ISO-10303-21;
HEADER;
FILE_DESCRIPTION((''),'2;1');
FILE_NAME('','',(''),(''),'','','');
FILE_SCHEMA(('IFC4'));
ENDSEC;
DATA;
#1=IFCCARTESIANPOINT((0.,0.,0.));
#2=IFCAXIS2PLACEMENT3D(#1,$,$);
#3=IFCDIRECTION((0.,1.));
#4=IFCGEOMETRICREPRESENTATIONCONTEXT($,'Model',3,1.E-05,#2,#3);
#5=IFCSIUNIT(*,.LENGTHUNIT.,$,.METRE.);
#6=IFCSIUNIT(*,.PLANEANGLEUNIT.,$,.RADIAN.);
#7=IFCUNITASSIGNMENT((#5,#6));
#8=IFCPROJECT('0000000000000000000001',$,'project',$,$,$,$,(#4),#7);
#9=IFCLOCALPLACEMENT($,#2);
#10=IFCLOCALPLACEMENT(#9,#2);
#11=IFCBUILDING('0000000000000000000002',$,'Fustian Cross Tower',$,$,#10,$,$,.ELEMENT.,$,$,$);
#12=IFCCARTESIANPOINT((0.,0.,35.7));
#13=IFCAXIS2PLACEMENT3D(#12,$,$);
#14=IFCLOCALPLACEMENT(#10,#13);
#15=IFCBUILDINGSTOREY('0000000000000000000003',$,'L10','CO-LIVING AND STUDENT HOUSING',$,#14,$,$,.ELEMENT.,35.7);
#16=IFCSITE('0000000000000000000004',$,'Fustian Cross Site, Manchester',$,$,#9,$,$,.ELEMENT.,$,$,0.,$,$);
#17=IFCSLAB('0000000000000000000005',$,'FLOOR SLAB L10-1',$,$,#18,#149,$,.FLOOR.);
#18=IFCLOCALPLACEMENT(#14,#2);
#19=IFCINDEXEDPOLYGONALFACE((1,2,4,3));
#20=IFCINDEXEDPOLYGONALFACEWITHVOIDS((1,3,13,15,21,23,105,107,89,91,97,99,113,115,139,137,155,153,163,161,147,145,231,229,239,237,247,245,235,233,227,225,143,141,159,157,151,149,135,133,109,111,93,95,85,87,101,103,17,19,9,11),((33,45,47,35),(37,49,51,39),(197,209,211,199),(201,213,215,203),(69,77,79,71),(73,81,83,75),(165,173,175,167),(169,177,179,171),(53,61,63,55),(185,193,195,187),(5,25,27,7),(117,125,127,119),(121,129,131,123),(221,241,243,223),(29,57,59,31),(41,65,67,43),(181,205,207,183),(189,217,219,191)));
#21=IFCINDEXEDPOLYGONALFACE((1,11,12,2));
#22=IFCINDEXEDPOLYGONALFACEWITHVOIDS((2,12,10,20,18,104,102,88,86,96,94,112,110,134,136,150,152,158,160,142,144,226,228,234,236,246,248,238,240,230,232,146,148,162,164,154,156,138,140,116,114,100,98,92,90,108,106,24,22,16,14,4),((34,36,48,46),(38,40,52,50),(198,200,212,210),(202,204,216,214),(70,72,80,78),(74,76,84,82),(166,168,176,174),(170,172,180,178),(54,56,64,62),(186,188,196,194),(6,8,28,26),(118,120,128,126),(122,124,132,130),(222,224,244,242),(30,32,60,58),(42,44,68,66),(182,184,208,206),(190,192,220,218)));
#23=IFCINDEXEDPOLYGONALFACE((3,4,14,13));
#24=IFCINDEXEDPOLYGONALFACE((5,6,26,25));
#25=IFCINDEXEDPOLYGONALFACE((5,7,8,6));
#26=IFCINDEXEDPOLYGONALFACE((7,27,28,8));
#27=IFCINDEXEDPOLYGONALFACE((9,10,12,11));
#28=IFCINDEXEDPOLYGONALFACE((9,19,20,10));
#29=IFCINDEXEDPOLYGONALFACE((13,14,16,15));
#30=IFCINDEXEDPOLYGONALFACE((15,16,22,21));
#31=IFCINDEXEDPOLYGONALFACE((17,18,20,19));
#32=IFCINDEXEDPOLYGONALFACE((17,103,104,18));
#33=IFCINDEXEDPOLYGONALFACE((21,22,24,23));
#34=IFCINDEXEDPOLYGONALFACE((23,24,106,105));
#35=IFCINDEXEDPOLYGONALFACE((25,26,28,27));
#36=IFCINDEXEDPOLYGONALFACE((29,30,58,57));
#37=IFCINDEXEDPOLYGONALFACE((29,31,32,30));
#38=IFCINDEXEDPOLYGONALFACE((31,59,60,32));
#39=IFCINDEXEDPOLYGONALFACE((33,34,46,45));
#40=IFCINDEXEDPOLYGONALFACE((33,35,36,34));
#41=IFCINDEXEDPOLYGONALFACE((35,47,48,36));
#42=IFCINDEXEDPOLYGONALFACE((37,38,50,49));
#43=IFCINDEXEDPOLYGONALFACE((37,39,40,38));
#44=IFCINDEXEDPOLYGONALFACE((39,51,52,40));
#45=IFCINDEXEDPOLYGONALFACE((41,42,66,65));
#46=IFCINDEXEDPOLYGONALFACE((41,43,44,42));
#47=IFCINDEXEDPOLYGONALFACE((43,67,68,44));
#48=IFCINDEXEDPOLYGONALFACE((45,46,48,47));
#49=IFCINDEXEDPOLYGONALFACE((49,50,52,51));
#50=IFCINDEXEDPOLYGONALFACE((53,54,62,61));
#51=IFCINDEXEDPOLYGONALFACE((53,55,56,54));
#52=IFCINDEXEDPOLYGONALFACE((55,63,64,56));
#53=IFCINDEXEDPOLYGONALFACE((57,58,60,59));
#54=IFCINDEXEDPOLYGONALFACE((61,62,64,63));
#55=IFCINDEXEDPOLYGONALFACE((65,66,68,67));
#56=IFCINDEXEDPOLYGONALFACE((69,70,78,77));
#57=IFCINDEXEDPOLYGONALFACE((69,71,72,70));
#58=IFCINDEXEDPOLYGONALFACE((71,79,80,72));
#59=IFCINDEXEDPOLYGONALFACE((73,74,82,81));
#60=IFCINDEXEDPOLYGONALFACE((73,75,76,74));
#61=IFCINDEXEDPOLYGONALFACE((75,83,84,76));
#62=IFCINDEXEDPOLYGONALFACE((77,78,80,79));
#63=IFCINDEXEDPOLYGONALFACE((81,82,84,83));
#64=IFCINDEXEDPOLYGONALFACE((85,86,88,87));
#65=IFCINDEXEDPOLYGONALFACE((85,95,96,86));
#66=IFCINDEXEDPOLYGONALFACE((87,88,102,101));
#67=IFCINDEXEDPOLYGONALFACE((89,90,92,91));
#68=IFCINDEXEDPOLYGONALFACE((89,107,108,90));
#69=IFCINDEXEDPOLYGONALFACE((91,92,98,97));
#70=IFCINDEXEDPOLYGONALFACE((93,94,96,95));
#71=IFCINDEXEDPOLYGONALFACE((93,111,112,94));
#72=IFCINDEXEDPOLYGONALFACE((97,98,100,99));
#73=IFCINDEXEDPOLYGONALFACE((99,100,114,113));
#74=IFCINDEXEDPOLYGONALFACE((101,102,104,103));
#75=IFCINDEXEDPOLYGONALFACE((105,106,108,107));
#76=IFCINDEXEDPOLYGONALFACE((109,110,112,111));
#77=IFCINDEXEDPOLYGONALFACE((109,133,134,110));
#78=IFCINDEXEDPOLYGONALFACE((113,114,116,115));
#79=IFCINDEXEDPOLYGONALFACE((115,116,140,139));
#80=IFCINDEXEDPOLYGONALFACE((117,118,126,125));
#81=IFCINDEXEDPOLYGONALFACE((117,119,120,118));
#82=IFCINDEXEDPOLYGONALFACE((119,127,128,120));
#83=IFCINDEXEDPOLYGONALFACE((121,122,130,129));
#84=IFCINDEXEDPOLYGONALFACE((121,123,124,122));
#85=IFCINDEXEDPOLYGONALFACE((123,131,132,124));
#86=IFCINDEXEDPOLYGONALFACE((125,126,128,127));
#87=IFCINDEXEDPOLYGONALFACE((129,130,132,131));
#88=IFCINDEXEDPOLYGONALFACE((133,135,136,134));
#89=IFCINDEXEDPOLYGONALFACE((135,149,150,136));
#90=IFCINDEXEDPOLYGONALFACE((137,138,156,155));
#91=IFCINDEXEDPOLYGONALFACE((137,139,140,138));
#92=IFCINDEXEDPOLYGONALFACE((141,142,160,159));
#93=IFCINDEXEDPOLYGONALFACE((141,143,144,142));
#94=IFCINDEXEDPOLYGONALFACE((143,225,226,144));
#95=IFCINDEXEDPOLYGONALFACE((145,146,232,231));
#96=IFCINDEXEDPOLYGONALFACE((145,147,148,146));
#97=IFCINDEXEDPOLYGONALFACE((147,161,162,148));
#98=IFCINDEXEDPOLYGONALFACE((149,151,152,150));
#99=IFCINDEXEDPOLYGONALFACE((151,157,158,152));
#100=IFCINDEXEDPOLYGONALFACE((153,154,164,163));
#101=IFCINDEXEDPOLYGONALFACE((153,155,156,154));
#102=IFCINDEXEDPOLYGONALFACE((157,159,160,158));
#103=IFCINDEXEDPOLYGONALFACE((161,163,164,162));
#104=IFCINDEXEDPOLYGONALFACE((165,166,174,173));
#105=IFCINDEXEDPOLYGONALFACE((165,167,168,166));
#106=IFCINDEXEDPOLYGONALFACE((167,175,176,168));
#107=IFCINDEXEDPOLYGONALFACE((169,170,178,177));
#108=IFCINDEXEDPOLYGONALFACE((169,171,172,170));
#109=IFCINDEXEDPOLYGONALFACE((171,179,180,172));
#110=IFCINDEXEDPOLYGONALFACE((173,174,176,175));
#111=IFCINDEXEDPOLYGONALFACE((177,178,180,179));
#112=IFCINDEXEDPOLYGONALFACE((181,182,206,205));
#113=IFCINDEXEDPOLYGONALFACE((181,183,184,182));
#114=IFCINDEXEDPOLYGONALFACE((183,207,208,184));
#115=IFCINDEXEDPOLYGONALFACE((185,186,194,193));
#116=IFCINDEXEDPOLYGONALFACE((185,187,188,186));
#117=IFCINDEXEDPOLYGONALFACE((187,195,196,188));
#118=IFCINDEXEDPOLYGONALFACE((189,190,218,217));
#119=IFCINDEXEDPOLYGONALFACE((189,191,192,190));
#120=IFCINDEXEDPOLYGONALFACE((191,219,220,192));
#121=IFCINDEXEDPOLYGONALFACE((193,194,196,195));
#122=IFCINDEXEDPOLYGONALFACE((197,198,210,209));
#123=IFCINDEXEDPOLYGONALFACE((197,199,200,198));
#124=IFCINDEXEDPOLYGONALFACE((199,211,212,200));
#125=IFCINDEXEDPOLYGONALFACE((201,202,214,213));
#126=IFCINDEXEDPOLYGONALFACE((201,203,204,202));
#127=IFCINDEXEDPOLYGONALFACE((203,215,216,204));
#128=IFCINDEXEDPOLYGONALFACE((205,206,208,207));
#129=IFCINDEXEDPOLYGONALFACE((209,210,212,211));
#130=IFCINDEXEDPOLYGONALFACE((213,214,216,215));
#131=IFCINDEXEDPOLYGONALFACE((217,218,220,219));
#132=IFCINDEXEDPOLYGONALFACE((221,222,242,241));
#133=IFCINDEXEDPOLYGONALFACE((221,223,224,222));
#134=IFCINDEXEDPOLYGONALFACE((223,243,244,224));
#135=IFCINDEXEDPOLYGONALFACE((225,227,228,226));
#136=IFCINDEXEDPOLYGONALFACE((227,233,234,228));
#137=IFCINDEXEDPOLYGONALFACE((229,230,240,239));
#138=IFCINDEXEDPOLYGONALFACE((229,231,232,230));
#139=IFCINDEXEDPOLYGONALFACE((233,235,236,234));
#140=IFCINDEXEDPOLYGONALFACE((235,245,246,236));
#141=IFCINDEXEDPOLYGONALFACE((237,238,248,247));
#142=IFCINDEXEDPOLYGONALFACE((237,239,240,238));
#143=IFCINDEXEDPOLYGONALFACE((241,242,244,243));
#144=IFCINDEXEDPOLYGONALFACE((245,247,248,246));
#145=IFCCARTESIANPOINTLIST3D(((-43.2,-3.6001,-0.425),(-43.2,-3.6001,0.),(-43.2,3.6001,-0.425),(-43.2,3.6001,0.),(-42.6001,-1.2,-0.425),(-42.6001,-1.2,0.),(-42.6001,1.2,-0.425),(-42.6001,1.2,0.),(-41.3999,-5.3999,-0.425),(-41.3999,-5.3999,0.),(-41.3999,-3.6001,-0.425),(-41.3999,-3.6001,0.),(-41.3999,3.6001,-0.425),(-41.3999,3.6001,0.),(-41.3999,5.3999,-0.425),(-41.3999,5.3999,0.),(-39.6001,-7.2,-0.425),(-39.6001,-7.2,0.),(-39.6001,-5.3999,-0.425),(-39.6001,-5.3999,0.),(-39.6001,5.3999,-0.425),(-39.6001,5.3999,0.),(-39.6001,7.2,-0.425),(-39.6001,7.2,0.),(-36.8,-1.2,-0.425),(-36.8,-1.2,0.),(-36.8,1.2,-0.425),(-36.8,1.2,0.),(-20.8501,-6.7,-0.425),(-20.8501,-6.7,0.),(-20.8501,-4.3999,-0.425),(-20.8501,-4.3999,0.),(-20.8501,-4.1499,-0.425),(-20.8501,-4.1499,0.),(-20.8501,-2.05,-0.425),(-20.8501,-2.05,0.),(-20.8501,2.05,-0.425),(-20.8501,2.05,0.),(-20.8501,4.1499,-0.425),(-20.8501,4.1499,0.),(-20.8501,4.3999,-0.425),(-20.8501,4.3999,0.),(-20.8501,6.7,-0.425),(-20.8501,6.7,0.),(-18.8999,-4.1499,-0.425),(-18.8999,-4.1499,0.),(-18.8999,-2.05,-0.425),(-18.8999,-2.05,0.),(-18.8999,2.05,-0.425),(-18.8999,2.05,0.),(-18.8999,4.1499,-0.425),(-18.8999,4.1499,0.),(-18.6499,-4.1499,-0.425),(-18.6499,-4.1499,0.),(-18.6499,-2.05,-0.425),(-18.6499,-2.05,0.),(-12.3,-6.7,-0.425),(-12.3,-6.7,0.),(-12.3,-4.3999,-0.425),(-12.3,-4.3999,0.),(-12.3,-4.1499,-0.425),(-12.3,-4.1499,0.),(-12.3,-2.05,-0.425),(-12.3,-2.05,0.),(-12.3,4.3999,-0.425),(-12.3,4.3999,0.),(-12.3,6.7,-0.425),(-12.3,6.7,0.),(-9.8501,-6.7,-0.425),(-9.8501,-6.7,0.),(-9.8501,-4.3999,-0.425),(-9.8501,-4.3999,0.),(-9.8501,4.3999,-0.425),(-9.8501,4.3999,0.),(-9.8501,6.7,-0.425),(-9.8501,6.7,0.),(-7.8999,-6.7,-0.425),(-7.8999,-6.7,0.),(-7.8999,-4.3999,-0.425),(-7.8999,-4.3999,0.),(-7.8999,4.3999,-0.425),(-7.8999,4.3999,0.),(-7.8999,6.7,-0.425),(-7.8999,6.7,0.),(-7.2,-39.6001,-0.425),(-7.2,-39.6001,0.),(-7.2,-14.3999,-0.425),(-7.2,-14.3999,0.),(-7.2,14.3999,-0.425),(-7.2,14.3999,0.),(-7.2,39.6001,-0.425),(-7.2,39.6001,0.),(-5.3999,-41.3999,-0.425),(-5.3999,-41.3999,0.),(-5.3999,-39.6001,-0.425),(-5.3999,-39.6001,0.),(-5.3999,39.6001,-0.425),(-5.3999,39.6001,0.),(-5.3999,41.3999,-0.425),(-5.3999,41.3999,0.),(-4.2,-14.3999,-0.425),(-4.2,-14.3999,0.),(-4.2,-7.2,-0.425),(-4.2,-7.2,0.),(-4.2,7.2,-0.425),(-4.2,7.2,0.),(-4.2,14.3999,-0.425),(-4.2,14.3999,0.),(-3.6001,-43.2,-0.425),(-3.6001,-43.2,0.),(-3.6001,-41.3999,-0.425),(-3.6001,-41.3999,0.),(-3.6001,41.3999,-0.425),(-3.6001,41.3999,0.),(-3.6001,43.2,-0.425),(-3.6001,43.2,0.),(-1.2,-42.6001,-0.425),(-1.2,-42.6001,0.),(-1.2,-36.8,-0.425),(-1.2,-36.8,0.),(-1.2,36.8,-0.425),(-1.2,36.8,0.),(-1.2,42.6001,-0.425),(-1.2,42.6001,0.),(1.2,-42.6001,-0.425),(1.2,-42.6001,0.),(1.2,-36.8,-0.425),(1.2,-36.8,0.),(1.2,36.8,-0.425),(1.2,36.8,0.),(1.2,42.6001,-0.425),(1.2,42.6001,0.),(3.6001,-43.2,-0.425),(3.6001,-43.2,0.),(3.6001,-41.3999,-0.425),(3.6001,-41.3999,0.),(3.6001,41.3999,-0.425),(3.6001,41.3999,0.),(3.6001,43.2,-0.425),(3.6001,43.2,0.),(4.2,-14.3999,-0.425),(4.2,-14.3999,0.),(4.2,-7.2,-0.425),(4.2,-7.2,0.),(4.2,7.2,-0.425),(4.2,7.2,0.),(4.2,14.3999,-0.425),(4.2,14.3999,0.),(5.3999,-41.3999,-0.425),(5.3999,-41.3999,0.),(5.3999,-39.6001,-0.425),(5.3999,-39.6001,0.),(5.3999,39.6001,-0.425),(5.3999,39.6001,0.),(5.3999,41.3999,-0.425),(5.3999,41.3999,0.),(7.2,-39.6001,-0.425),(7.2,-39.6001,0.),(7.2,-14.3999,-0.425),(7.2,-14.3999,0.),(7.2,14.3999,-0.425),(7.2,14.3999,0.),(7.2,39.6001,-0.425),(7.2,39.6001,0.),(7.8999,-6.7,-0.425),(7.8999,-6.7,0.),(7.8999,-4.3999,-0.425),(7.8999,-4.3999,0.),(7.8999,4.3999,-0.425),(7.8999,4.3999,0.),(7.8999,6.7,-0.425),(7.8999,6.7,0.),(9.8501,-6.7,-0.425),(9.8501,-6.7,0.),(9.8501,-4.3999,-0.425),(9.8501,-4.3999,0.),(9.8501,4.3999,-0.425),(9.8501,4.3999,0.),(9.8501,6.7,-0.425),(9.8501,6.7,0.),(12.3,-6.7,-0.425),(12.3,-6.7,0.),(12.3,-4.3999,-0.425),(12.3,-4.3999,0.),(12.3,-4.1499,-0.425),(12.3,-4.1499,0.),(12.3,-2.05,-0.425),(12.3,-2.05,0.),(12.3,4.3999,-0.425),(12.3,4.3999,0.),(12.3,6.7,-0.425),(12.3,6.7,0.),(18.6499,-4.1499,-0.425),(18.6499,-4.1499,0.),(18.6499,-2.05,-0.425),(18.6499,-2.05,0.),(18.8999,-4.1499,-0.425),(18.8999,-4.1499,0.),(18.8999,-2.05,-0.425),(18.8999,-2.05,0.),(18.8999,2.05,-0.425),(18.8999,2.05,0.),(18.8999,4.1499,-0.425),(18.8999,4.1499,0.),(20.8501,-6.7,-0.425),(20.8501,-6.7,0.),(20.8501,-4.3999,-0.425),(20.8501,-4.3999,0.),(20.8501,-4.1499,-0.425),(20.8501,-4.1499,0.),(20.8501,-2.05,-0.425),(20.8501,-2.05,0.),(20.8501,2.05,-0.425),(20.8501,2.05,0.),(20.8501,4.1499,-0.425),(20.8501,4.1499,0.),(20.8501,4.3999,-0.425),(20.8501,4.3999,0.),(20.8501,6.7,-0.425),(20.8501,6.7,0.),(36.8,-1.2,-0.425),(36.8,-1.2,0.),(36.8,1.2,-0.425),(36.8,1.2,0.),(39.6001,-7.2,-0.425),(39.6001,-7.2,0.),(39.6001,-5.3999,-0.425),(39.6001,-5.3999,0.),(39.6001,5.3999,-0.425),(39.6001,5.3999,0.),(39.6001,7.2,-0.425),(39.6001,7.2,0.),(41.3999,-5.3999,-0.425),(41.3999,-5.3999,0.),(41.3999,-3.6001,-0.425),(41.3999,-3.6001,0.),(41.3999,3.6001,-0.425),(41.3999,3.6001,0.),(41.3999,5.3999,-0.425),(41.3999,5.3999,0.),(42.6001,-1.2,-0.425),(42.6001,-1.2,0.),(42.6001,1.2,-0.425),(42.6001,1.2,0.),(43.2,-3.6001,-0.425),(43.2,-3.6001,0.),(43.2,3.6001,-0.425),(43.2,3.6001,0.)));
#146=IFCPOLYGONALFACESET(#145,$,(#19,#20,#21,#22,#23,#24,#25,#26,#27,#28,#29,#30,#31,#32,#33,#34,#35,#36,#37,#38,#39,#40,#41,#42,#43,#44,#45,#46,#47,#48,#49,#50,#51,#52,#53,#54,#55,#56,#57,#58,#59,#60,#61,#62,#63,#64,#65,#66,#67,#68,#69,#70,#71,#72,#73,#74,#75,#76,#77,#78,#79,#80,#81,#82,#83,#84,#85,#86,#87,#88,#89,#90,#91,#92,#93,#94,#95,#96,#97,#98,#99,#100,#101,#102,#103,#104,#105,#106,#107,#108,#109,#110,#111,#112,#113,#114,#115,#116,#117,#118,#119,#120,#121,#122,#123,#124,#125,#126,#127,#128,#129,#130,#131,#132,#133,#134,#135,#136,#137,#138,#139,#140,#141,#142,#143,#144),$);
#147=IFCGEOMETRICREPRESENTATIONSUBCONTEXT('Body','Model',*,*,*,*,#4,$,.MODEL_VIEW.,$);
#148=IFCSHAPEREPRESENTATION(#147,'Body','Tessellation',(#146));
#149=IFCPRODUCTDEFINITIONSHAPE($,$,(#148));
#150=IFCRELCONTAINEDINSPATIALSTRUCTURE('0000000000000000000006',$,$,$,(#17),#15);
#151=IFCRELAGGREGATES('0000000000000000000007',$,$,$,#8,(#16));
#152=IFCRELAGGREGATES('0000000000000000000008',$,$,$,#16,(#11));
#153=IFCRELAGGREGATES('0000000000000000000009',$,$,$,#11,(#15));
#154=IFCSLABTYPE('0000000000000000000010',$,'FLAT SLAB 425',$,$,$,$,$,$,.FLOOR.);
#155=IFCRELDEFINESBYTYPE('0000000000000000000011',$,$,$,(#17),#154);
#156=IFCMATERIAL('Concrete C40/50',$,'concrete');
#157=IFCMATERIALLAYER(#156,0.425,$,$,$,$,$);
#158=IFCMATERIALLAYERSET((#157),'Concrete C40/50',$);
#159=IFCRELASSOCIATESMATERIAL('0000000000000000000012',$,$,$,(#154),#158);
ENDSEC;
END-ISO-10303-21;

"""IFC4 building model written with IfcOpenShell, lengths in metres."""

from ifc_helpers import new_model, si_unit, direction, frame, origin, place, context, subcontext, project, spatial, polyline, outline, extrude, material, layer, layer_set, type_object, element, save


model = new_model("IFC4")

# Units and contexts
model_context = context("Model", 3, precision=1e-05, world=origin(), true_north=direction((0.0, 1.0)))
body_context = subcontext(model_context, "Body", "Model", "MODEL_VIEW")
ifc_project = project(units=[si_unit("LENGTHUNIT", "METRE"), si_unit("PLANEANGLEUNIT", "RADIAN")], contexts=[model_context])

# Site, building, storey
site_placement = place(None, origin())
site = spatial("IfcSite", under=ifc_project, at=site_placement, Name="Fustian Cross Site, Manchester", CompositionType="ELEMENT", RefElevation=0.0)
building_placement = place(site_placement, origin())
building = spatial("IfcBuilding", under=site, at=building_placement, Name="Fustian Cross Tower", CompositionType="ELEMENT")
storey_placement = place(building_placement, frame((0.0, 0.0, 35.7)))
storey = spatial("IfcBuildingStorey", under=building, at=storey_placement, Name="L10", Description="CO-LIVING AND STUDENT HOUSING", CompositionType="ELEMENT", Elevation=35.7)

# Slab
ifc_material_1 = material(Name="Concrete C40/50", Category="concrete")
ifc_layer_1 = layer(ifc_material_1, 0.425)
ifc_layer_set_1 = layer_set([ifc_layer_1], Name="Concrete C40/50")
slab_type_1 = type_object("IfcSlabType", Name="FLAT SLAB 425", PredefinedType="FLOOR", material=ifc_layer_set_1)
slab_1_placement = place(storey_placement, frame((0.0, 0.0, -0.425)))
element("IfcSlab", 1, at=slab_1_placement, inside=storey, type_object=slab_type_1, Name="FLOOR SLAB L10-1", PredefinedType="FLOOR", context=body_context, shape_type="SweptSolid", body=[
    extrude(outline(polyline([(-4.2, -7.2), (-39.6001, -7.2), (-39.6001, -5.3999), (-41.3999, -5.3999), (-41.3999, -3.6001), (-43.2, -3.6001), (-43.2, 3.6001), (-41.3999, 3.6001), (-41.3999, 5.3999), (-39.6001, 5.3999), (-39.6001, 7.2), (-4.2, 7.2), (-4.2, 14.3999), (-7.2, 14.3999), (-7.2, 39.6001), (-5.3999, 39.6001), (-5.3999, 41.3999), (-3.6001, 41.3999), (-3.6001, 43.2), (3.6001, 43.2), (3.6001, 41.3999), (5.3999, 41.3999), (5.3999, 39.6001), (7.2, 39.6001), (7.2, 14.3999), (4.2, 14.3999), (4.2, 7.2), (39.6001, 7.2), (39.6001, 5.3999), (41.3999, 5.3999), (41.3999, 3.6001), (43.2, 3.6001), (43.2, -3.6001), (41.3999, -3.6001), (41.3999, -5.3999), (39.6001, -5.3999), (39.6001, -7.2), (4.2, -7.2), (4.2, -14.3999), (7.2, -14.3999), (7.2, -39.6001), (5.3999, -39.6001), (5.3999, -41.3999), (3.6001, -41.3999), (3.6001, -43.2), (-3.6001, -43.2), (-3.6001, -41.3999), (-5.3999, -41.3999), (-5.3999, -39.6001), (-7.2, -39.6001), (-7.2, -14.3999), (-4.2, -14.3999), (-4.2, -7.2)]), holes=[polyline([(18.8999, -2.05), (18.8999, -4.1499), (20.8501, -4.1499), (20.8501, -2.05), (18.8999, -2.05)]), polyline([(20.8501, 4.1499), (18.8999, 4.1499), (18.8999, 2.05), (20.8501, 2.05), (20.8501, 4.1499)]), polyline([(9.8501, 4.3999), (9.8501, 6.7), (7.8999, 6.7), (7.8999, 4.3999), (9.8501, 4.3999)]), polyline([(7.8999, -6.7), (9.8501, -6.7), (9.8501, -4.3999), (7.8999, -4.3999), (7.8999, -6.7)]), polyline([(-20.8501, -2.05), (-20.8501, -4.1499), (-18.8999, -4.1499), (-18.8999, -2.05), (-20.8501, -2.05)]), polyline([(-18.8999, 4.1499), (-20.8501, 4.1499), (-20.8501, 2.05), (-18.8999, 2.05), (-18.8999, 4.1499)]), polyline([(-7.8999, 4.3999), (-7.8999, 6.7), (-9.8501, 6.7), (-9.8501, 4.3999), (-7.8999, 4.3999)]), polyline([(-9.8501, -6.7), (-7.8999, -6.7), (-7.8999, -4.3999), (-9.8501, -4.3999), (-9.8501, -6.7)]), polyline([(12.3, -2.05), (12.3, -4.1499), (18.6499, -4.1499), (18.6499, -2.05), (12.3, -2.05)]), polyline([(-12.3, -2.05), (-18.6499, -2.05), (-18.6499, -4.1499), (-12.3, -4.1499), (-12.3, -2.05)]), polyline([(20.8501, 4.3999), (20.8501, 6.7), (12.3, 6.7), (12.3, 4.3999), (20.8501, 4.3999)]), polyline([(12.3, -6.7), (20.8501, -6.7), (20.8501, -4.3999), (12.3, -4.3999), (12.3, -6.7)]), polyline([(-20.8501, 6.7), (-20.8501, 4.3999), (-12.3, 4.3999), (-12.3, 6.7), (-20.8501, 6.7)]), polyline([(-12.3, -4.3999), (-20.8501, -4.3999), (-20.8501, -6.7), (-12.3, -6.7), (-12.3, -4.3999)]), polyline([(1.2, 36.8), (1.2, 42.6001), (-1.2, 42.6001), (-1.2, 36.8), (1.2, 36.8)]), polyline([(-1.2, -42.6001), (1.2, -42.6001), (1.2, -36.8), (-1.2, -36.8), (-1.2, -42.6001)]), polyline([(36.8, 1.2), (36.8, -1.2), (42.6001, -1.2), (42.6001, 1.2), (36.8, 1.2)]), polyline([(-36.8, 1.2), (-42.6001, 1.2), (-42.6001, -1.2), (-36.8, -1.2), (-36.8, 1.2)])]), origin(), (0.0, 0.0, 1.0), 0.425),
])

save(model, "model.ifc")
